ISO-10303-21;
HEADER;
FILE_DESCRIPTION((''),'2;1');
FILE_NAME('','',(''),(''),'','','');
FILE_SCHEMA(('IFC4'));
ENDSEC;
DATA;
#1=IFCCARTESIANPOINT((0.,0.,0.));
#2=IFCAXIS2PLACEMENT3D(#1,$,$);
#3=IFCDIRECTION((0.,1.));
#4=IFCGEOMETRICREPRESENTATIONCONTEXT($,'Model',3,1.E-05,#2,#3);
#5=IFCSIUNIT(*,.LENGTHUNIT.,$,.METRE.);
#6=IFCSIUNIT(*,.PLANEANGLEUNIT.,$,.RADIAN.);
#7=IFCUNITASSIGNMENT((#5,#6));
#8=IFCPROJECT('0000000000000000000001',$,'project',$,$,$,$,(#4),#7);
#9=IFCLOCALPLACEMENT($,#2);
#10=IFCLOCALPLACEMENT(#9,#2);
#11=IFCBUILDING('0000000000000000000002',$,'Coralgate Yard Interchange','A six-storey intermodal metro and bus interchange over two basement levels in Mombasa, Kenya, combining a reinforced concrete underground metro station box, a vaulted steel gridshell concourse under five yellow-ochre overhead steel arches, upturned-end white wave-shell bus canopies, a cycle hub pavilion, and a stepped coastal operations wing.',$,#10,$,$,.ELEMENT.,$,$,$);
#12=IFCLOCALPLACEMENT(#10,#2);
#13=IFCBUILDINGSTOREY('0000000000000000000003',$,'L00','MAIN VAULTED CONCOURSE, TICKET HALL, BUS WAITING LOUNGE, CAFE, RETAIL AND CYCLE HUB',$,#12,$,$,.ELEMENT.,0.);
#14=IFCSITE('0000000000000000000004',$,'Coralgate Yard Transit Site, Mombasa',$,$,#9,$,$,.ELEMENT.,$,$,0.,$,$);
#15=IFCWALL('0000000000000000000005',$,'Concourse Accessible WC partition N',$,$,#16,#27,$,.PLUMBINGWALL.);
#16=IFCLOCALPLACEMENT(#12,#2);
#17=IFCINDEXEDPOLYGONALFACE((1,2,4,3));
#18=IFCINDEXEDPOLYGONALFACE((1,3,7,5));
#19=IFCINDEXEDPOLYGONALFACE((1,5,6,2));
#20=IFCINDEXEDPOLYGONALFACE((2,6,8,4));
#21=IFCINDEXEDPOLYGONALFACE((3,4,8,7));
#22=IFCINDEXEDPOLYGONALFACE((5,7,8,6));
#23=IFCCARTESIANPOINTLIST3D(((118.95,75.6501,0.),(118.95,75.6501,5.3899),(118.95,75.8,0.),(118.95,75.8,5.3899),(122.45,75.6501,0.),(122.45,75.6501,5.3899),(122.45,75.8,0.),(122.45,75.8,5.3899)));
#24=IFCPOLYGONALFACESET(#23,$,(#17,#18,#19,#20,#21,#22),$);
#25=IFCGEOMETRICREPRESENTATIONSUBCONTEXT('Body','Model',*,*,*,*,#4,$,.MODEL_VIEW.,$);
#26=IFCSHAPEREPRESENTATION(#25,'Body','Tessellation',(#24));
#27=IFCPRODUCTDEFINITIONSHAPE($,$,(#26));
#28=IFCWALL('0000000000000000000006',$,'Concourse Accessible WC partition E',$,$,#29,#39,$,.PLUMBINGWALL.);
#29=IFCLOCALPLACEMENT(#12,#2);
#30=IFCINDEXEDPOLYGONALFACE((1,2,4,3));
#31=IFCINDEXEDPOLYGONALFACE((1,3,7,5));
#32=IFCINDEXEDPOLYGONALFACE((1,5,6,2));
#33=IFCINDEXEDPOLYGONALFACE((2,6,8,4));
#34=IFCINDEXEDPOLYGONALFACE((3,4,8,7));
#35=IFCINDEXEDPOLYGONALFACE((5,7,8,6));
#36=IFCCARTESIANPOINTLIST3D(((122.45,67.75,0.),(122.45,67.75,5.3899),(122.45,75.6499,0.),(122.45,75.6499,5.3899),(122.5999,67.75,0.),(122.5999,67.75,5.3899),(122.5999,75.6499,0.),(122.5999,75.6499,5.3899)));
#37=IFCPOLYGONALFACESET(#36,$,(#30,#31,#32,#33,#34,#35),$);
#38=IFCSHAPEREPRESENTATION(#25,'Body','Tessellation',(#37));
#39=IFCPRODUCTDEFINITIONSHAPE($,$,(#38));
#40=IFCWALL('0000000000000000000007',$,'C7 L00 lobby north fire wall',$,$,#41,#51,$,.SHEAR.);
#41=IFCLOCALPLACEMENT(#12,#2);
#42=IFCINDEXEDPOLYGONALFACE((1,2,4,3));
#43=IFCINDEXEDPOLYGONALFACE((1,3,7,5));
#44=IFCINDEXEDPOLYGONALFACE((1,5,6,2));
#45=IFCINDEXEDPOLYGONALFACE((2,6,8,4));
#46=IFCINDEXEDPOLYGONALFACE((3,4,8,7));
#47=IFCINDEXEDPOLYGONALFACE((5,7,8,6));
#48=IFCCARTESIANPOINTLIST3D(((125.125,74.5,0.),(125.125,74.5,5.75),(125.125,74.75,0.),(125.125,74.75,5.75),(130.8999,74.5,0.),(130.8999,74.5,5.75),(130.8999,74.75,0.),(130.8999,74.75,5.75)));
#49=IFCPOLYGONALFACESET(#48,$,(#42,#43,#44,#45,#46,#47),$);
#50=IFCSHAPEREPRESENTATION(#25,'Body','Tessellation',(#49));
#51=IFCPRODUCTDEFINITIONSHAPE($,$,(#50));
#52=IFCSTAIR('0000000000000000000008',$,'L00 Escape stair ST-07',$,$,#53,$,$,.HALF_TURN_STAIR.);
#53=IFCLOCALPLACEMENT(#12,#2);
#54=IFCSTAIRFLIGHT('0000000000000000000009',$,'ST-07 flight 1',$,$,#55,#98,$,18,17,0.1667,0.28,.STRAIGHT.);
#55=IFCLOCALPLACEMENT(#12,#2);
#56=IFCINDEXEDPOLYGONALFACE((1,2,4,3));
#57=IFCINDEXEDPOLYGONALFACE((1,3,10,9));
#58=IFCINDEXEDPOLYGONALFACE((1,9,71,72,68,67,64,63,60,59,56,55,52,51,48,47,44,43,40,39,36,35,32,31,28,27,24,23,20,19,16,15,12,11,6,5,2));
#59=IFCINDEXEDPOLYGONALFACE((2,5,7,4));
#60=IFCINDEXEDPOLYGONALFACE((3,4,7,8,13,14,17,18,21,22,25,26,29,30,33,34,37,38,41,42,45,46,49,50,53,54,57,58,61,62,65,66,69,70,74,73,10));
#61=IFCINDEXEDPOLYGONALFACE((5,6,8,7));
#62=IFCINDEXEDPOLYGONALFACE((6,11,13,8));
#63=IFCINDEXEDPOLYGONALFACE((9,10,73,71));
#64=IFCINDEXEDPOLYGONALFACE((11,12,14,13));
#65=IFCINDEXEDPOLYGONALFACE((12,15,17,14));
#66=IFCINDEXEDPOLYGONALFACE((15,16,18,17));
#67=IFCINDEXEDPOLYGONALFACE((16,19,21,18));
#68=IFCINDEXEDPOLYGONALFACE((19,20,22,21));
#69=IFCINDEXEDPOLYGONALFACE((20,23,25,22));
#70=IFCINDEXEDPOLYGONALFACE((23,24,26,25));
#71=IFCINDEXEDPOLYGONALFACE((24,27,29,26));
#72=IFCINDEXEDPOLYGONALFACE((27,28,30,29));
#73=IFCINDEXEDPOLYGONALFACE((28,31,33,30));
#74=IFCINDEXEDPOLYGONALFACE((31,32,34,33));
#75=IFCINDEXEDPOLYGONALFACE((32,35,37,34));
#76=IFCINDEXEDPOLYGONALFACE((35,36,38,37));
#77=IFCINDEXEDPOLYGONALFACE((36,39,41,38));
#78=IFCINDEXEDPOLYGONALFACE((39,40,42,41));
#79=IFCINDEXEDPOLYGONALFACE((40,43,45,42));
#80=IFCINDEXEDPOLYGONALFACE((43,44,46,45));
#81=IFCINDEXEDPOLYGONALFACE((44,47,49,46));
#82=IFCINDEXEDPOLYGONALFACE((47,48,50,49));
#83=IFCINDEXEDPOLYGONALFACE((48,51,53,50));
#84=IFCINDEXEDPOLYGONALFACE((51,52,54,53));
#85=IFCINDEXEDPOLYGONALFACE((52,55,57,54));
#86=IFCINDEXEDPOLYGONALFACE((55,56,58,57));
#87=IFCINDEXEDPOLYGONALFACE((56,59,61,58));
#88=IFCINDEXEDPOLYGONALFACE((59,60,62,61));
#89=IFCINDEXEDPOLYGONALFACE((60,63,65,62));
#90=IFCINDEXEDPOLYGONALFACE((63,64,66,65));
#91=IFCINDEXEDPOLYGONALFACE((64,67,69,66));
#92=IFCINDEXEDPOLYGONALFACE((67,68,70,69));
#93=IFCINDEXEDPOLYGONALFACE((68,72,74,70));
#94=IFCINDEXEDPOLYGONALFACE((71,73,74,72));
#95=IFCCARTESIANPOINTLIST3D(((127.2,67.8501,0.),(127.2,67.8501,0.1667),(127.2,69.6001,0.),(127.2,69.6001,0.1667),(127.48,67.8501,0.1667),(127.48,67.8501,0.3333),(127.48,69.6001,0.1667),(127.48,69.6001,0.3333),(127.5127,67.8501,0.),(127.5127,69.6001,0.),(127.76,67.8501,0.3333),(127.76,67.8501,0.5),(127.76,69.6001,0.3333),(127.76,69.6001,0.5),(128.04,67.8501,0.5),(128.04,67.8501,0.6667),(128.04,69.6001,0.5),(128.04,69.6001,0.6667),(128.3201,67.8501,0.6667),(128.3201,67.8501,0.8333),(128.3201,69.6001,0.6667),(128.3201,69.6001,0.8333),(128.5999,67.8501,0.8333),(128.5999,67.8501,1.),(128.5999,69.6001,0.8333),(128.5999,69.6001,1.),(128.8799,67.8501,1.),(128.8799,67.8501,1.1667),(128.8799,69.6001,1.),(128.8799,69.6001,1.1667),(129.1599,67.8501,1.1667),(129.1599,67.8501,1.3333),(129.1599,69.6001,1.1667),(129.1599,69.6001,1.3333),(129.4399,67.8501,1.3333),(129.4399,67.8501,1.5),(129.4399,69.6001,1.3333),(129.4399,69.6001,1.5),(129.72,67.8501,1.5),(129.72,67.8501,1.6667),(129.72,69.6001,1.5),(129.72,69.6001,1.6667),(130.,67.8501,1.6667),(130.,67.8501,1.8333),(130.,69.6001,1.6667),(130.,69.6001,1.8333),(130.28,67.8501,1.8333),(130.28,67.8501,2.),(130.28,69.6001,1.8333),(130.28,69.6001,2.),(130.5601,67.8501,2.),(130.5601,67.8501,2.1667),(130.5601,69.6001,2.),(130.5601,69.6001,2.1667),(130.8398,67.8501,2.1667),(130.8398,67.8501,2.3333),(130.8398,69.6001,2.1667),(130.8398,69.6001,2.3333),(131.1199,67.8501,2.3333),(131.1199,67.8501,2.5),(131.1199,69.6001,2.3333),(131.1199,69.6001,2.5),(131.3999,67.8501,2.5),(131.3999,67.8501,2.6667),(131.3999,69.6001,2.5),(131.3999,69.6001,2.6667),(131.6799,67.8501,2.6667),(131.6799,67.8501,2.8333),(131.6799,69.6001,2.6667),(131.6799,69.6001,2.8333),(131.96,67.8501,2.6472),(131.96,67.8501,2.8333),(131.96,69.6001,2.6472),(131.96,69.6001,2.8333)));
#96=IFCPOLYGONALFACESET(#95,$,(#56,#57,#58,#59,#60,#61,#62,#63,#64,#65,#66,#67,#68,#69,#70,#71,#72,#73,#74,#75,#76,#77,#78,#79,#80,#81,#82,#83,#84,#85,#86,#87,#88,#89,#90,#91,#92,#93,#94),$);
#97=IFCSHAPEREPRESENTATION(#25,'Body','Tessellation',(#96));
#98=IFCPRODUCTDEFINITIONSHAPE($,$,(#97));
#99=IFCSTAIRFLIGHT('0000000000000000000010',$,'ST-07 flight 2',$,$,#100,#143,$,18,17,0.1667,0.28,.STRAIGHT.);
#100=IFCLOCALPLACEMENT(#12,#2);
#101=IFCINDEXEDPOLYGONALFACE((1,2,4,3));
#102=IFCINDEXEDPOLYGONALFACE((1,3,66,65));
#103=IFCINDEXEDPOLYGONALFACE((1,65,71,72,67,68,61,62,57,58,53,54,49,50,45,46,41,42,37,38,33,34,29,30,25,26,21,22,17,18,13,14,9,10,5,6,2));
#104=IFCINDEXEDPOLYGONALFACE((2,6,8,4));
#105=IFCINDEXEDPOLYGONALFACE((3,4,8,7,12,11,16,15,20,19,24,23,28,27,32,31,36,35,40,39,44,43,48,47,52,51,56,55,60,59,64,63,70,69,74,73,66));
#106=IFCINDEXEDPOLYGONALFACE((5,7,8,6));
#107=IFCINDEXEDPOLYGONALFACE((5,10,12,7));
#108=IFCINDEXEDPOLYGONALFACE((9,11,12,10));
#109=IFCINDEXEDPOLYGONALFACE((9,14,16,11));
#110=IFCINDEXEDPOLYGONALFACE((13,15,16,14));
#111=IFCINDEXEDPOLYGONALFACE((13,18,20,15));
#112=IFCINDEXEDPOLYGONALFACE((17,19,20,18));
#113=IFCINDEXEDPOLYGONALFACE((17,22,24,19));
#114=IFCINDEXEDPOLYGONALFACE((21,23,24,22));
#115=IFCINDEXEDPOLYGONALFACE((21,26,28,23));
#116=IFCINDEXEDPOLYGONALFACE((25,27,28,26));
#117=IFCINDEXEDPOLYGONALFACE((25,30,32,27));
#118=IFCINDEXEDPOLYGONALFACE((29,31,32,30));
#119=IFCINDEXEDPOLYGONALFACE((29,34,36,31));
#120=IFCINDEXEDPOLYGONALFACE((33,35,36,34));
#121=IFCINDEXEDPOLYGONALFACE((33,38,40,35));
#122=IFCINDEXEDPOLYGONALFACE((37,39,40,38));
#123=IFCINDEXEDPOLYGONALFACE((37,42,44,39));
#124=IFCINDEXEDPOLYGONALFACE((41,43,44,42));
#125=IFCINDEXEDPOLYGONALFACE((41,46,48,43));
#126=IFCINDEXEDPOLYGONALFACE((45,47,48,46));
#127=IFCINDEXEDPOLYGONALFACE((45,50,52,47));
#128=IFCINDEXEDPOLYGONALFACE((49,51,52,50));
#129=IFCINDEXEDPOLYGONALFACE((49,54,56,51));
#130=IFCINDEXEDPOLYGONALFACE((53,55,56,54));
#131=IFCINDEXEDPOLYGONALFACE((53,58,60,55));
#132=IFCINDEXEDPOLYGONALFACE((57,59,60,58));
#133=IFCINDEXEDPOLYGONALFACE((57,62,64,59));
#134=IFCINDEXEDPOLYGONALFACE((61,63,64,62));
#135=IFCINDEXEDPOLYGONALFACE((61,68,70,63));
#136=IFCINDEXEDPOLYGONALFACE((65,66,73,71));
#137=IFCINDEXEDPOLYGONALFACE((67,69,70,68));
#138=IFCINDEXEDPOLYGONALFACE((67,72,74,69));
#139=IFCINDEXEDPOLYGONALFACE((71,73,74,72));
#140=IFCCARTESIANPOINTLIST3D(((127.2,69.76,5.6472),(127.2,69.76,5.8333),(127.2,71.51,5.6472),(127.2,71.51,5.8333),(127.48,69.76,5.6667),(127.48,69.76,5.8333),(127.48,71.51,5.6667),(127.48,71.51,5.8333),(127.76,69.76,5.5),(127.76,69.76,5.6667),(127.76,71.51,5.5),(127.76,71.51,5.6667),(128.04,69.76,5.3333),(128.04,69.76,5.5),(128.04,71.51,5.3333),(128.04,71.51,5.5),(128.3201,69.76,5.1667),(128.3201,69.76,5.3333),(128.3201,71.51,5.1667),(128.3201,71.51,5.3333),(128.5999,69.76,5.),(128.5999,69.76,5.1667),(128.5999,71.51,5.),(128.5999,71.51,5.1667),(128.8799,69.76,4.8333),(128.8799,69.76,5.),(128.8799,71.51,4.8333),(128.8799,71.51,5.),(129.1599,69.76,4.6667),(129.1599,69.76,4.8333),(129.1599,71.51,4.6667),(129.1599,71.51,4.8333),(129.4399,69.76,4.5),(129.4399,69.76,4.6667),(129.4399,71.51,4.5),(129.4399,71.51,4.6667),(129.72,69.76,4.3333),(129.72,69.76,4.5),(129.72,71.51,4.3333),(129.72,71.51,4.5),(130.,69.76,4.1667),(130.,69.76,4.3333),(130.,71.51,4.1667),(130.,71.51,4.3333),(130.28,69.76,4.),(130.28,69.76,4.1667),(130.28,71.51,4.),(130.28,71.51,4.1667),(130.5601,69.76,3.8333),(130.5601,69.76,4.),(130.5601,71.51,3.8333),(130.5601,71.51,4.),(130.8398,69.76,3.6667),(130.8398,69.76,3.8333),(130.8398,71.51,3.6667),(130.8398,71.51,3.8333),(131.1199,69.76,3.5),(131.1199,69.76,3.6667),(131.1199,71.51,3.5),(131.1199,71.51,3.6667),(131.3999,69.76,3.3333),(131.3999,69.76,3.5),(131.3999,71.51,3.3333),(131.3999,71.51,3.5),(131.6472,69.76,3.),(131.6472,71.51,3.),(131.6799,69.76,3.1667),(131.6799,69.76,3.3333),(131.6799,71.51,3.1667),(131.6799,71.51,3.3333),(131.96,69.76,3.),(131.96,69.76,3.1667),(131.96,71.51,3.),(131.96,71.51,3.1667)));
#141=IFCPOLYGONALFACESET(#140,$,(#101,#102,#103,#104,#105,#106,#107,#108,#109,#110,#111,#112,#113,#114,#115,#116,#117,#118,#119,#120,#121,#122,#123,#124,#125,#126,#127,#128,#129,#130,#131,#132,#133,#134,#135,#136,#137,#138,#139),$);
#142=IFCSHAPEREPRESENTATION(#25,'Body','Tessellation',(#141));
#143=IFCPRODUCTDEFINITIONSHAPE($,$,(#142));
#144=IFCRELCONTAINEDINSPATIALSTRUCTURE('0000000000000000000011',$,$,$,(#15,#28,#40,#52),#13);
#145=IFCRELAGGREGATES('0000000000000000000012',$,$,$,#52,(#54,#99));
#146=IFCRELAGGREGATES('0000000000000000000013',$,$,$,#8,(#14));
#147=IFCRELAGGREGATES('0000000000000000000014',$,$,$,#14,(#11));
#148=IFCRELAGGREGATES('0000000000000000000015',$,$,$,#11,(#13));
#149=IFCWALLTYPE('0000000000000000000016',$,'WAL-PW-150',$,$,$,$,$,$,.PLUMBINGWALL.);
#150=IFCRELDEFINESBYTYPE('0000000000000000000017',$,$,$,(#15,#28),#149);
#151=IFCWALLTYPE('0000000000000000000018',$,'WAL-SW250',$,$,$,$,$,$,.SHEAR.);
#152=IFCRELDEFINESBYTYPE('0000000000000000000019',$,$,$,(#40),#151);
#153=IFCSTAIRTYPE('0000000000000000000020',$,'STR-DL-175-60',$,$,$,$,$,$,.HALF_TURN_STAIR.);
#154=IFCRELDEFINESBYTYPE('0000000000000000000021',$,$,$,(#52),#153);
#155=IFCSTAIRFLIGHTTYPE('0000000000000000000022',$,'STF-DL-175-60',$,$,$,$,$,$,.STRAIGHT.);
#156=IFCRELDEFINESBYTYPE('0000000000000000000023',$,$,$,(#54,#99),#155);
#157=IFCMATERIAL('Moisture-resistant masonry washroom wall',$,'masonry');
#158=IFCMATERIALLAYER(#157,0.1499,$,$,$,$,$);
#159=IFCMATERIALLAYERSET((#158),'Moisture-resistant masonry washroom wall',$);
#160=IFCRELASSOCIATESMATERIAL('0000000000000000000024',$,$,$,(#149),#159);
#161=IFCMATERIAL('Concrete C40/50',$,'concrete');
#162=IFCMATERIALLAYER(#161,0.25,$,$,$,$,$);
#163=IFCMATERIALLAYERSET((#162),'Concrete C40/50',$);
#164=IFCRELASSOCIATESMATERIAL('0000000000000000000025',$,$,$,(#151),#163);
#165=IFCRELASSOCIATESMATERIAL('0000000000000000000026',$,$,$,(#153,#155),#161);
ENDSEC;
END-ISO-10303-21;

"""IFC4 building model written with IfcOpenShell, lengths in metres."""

from ifc_helpers import new_model, si_unit, direction, frame, frame_2d, origin, place, context, subcontext, project, spatial, polyline, rectangle, outline, extrude, material, layer, layer_set, type_object, element, aggregate, save


model = new_model("IFC4")

# Units and contexts
model_context = context("Model", 3, precision=1e-05, world=origin(), true_north=direction((0.0, 1.0)))
body_context = subcontext(model_context, "Body", "Model", "MODEL_VIEW")
ifc_project = project(units=[si_unit("LENGTHUNIT", "METRE"), si_unit("PLANEANGLEUNIT", "RADIAN")], contexts=[model_context])

# Site, building, storey
site_placement = place(None, origin())
site = spatial("IfcSite", under=ifc_project, at=site_placement, Name="Coralgate Yard Transit Site, Mombasa", CompositionType="ELEMENT", RefElevation=0.0)
building_placement = place(site_placement, origin())
building = spatial("IfcBuilding", under=site, at=building_placement, Name="Coralgate Yard Interchange", Description="A six-storey intermodal metro and bus interchange over two basement levels in Mombasa, Kenya, combining a reinforced concrete underground metro station box, a vaulted steel gridshell concourse under five yellow-ochre overhead steel arches, upturned-end white wave-shell bus canopies, a cycle hub pavilion, and a stepped coastal operations wing.", CompositionType="ELEMENT")
storey_placement = place(building_placement, origin())
storey = spatial("IfcBuildingStorey", under=building, at=storey_placement, Name="L00", Description="MAIN VAULTED CONCOURSE, TICKET HALL, BUS WAITING LOUNGE, CAFE, RETAIL AND CYCLE HUB", CompositionType="ELEMENT", Elevation=0.0)

# Shared definitions
ifc_material_1 = material(Name="Concrete C40/50", Category="concrete")

# Shared definitions
ifc_material_2 = material(Name="Moisture-resistant masonry washroom wall", Category="masonry")
ifc_layer_1 = layer(ifc_material_2, 0.1499)
ifc_layer_set_1 = layer_set([ifc_layer_1], Name="Moisture-resistant masonry washroom wall")
wall_type_1 = type_object("IfcWallType", Name="WAL-PW-150", PredefinedType="PLUMBINGWALL", material=ifc_layer_set_1)

# Walls
wall_1_placement = place(storey_placement, frame((118.95, 75.7251, 0.0), z_axis=(0.0, 0.0, 1.0), x_axis=(1.0, 0.0, 0.0)))
element("IfcWall", 1, at=wall_1_placement, inside=storey, type_object=wall_type_1, Name="Concourse Accessible WC partition N", PredefinedType="PLUMBINGWALL", context=body_context, shape_type="SweptSolid", body=[
    extrude(rectangle(XDim=3.5, YDim=0.1499, at=frame_2d((1.75, 0.0))), origin(), (0.0, 0.0, 1.0), 5.3899),
])
wall_2_placement = place(storey_placement, frame((122.5249, 75.6499, 0.0), z_axis=(0.0, 0.0, 1.0), x_axis=(0.0, -1.0, 0.0)))
element("IfcWall", 2, at=wall_2_placement, inside=storey, type_object=wall_type_1, Name="Concourse Accessible WC partition E", PredefinedType="PLUMBINGWALL", context=body_context, shape_type="SweptSolid", body=[
    extrude(rectangle(XDim=7.8999, YDim=0.1499, at=frame_2d((3.95, 0.0))), origin(), (0.0, 0.0, 1.0), 5.3899),
])
ifc_layer_2 = layer(ifc_material_1, 0.25)
ifc_layer_set_2 = layer_set([ifc_layer_2], Name="Concrete C40/50")
wall_type_2 = type_object("IfcWallType", Name="WAL-SW250", PredefinedType="SHEAR", material=ifc_layer_set_2)
wall_3_placement = place(storey_placement, frame((130.8999, 74.625, 0.0), z_axis=(0.0, 0.0, 1.0), x_axis=(-1.0, 0.0, 0.0)))
element("IfcWall", 3, at=wall_3_placement, inside=storey, type_object=wall_type_2, Name="C7 L00 lobby north fire wall", PredefinedType="SHEAR", context=body_context, shape_type="SweptSolid", body=[
    extrude(rectangle(XDim=5.7749, YDim=0.25, at=frame_2d((2.8875, 0.0))), origin(), (0.0, 0.0, 1.0), 5.75),
])

# Stair, stair flights
stair_type = type_object("IfcStairType", Name="STR-DL-175-60", PredefinedType="HALF_TURN_STAIR", material=ifc_material_1)
stair_placement = place(storey_placement, origin())
stair = element("IfcStair", 4, at=stair_placement, inside=storey, type_object=stair_type, Name="L00 Escape stair ST-07", PredefinedType="HALF_TURN_STAIR")
stair_flight_type = type_object("IfcStairFlightType", Name="STF-DL-175-60", PredefinedType="STRAIGHT", material=ifc_material_1)
stair_flight_1_placement = place(storey_placement, frame((127.2, 68.7251, 0.0), z_axis=(0.0, 0.0, 1.0), x_axis=(1.0, 0.0, 0.0)))
stair_flight_1 = element("IfcStairFlight", 5, at=stair_flight_1_placement, type_object=stair_flight_type, Name="ST-07 flight 1", NumberOfRisers=18, NumberOfTreads=17, PredefinedType="STRAIGHT", RiserHeight=0.1667, TreadLength=0.28, context=body_context, shape_type="SweptSolid", body=[
    extrude(outline(polyline([(0.0, 0.0), (0.0, 0.1667), (0.28, 0.1667), (0.28, 0.3333), (0.5601, 0.3333), (0.5601, 0.5), (0.8401, 0.5), (0.8401, 0.6667), (1.1201, 0.6667), (1.1201, 0.8333), (1.3999, 0.8333), (1.3999, 1.0), (1.6799, 1.0), (1.6799, 1.1667), (1.96, 1.1667), (1.96, 1.3333), (2.24, 1.3333), (2.24, 1.5), (2.52, 1.5), (2.52, 1.6667), (2.8, 1.6667), (2.8, 1.8333), (3.0801, 1.8333), (3.0801, 2.0), (3.3601, 2.0), (3.3601, 2.1667), (3.6399, 2.1667), (3.6399, 2.3333), (3.9199, 2.3333), (3.9199, 2.5), (4.2, 2.5), (4.2, 2.6667), (4.48, 2.6667), (4.48, 2.8333), (4.76, 2.8333), (4.76, 3.0), (4.76, 2.6472), (0.3127, 0.0), (0.0, 0.0)])), frame((0.0, 0.875, 0.0), z_axis=(0.0, -1.0, 0.0), x_axis=(1.0, 0.0, 0.0)), (0.0, 0.0, 1.0), 1.75),
])
stair_flight_2_placement = place(storey_placement, frame((131.96, 70.635, 3.0), z_axis=(0.0, 0.0, 1.0), x_axis=(-1.0, 0.0, 0.0)))
stair_flight_2 = element("IfcStairFlight", 6, at=stair_flight_2_placement, type_object=stair_flight_type, Name="ST-07 flight 2", NumberOfRisers=18, NumberOfTreads=17, PredefinedType="STRAIGHT", RiserHeight=0.1667, TreadLength=0.28, context=body_context, shape_type="SweptSolid", body=[
    extrude(outline(polyline([(0.0, 0.0), (0.0, 0.1667), (0.28, 0.1667), (0.28, 0.3333), (0.5601, 0.3333), (0.5601, 0.5), (0.8401, 0.5), (0.8401, 0.6667), (1.1201, 0.6667), (1.1201, 0.8333), (1.3999, 0.8333), (1.3999, 1.0), (1.6799, 1.0), (1.6799, 1.1667), (1.96, 1.1667), (1.96, 1.3333), (2.24, 1.3333), (2.24, 1.5), (2.52, 1.5), (2.52, 1.6667), (2.8, 1.6667), (2.8, 1.8333), (3.0801, 1.8333), (3.0801, 2.0), (3.3601, 2.0), (3.3601, 2.1667), (3.6399, 2.1667), (3.6399, 2.3333), (3.9199, 2.3333), (3.9199, 2.5), (4.2, 2.5), (4.2, 2.6667), (4.48, 2.6667), (4.48, 2.8333), (4.76, 2.8333), (4.76, 3.0), (4.76, 2.6472), (0.3127, 0.0), (0.0, 0.0)])), frame((0.0, 0.875, 0.0), z_axis=(0.0, -1.0, 0.0), x_axis=(1.0, 0.0, 0.0)), (0.0, 0.0, 1.0), 1.75),
])
aggregate(stair, [stair_flight_1, stair_flight_2])

save(model, "model.ifc")
